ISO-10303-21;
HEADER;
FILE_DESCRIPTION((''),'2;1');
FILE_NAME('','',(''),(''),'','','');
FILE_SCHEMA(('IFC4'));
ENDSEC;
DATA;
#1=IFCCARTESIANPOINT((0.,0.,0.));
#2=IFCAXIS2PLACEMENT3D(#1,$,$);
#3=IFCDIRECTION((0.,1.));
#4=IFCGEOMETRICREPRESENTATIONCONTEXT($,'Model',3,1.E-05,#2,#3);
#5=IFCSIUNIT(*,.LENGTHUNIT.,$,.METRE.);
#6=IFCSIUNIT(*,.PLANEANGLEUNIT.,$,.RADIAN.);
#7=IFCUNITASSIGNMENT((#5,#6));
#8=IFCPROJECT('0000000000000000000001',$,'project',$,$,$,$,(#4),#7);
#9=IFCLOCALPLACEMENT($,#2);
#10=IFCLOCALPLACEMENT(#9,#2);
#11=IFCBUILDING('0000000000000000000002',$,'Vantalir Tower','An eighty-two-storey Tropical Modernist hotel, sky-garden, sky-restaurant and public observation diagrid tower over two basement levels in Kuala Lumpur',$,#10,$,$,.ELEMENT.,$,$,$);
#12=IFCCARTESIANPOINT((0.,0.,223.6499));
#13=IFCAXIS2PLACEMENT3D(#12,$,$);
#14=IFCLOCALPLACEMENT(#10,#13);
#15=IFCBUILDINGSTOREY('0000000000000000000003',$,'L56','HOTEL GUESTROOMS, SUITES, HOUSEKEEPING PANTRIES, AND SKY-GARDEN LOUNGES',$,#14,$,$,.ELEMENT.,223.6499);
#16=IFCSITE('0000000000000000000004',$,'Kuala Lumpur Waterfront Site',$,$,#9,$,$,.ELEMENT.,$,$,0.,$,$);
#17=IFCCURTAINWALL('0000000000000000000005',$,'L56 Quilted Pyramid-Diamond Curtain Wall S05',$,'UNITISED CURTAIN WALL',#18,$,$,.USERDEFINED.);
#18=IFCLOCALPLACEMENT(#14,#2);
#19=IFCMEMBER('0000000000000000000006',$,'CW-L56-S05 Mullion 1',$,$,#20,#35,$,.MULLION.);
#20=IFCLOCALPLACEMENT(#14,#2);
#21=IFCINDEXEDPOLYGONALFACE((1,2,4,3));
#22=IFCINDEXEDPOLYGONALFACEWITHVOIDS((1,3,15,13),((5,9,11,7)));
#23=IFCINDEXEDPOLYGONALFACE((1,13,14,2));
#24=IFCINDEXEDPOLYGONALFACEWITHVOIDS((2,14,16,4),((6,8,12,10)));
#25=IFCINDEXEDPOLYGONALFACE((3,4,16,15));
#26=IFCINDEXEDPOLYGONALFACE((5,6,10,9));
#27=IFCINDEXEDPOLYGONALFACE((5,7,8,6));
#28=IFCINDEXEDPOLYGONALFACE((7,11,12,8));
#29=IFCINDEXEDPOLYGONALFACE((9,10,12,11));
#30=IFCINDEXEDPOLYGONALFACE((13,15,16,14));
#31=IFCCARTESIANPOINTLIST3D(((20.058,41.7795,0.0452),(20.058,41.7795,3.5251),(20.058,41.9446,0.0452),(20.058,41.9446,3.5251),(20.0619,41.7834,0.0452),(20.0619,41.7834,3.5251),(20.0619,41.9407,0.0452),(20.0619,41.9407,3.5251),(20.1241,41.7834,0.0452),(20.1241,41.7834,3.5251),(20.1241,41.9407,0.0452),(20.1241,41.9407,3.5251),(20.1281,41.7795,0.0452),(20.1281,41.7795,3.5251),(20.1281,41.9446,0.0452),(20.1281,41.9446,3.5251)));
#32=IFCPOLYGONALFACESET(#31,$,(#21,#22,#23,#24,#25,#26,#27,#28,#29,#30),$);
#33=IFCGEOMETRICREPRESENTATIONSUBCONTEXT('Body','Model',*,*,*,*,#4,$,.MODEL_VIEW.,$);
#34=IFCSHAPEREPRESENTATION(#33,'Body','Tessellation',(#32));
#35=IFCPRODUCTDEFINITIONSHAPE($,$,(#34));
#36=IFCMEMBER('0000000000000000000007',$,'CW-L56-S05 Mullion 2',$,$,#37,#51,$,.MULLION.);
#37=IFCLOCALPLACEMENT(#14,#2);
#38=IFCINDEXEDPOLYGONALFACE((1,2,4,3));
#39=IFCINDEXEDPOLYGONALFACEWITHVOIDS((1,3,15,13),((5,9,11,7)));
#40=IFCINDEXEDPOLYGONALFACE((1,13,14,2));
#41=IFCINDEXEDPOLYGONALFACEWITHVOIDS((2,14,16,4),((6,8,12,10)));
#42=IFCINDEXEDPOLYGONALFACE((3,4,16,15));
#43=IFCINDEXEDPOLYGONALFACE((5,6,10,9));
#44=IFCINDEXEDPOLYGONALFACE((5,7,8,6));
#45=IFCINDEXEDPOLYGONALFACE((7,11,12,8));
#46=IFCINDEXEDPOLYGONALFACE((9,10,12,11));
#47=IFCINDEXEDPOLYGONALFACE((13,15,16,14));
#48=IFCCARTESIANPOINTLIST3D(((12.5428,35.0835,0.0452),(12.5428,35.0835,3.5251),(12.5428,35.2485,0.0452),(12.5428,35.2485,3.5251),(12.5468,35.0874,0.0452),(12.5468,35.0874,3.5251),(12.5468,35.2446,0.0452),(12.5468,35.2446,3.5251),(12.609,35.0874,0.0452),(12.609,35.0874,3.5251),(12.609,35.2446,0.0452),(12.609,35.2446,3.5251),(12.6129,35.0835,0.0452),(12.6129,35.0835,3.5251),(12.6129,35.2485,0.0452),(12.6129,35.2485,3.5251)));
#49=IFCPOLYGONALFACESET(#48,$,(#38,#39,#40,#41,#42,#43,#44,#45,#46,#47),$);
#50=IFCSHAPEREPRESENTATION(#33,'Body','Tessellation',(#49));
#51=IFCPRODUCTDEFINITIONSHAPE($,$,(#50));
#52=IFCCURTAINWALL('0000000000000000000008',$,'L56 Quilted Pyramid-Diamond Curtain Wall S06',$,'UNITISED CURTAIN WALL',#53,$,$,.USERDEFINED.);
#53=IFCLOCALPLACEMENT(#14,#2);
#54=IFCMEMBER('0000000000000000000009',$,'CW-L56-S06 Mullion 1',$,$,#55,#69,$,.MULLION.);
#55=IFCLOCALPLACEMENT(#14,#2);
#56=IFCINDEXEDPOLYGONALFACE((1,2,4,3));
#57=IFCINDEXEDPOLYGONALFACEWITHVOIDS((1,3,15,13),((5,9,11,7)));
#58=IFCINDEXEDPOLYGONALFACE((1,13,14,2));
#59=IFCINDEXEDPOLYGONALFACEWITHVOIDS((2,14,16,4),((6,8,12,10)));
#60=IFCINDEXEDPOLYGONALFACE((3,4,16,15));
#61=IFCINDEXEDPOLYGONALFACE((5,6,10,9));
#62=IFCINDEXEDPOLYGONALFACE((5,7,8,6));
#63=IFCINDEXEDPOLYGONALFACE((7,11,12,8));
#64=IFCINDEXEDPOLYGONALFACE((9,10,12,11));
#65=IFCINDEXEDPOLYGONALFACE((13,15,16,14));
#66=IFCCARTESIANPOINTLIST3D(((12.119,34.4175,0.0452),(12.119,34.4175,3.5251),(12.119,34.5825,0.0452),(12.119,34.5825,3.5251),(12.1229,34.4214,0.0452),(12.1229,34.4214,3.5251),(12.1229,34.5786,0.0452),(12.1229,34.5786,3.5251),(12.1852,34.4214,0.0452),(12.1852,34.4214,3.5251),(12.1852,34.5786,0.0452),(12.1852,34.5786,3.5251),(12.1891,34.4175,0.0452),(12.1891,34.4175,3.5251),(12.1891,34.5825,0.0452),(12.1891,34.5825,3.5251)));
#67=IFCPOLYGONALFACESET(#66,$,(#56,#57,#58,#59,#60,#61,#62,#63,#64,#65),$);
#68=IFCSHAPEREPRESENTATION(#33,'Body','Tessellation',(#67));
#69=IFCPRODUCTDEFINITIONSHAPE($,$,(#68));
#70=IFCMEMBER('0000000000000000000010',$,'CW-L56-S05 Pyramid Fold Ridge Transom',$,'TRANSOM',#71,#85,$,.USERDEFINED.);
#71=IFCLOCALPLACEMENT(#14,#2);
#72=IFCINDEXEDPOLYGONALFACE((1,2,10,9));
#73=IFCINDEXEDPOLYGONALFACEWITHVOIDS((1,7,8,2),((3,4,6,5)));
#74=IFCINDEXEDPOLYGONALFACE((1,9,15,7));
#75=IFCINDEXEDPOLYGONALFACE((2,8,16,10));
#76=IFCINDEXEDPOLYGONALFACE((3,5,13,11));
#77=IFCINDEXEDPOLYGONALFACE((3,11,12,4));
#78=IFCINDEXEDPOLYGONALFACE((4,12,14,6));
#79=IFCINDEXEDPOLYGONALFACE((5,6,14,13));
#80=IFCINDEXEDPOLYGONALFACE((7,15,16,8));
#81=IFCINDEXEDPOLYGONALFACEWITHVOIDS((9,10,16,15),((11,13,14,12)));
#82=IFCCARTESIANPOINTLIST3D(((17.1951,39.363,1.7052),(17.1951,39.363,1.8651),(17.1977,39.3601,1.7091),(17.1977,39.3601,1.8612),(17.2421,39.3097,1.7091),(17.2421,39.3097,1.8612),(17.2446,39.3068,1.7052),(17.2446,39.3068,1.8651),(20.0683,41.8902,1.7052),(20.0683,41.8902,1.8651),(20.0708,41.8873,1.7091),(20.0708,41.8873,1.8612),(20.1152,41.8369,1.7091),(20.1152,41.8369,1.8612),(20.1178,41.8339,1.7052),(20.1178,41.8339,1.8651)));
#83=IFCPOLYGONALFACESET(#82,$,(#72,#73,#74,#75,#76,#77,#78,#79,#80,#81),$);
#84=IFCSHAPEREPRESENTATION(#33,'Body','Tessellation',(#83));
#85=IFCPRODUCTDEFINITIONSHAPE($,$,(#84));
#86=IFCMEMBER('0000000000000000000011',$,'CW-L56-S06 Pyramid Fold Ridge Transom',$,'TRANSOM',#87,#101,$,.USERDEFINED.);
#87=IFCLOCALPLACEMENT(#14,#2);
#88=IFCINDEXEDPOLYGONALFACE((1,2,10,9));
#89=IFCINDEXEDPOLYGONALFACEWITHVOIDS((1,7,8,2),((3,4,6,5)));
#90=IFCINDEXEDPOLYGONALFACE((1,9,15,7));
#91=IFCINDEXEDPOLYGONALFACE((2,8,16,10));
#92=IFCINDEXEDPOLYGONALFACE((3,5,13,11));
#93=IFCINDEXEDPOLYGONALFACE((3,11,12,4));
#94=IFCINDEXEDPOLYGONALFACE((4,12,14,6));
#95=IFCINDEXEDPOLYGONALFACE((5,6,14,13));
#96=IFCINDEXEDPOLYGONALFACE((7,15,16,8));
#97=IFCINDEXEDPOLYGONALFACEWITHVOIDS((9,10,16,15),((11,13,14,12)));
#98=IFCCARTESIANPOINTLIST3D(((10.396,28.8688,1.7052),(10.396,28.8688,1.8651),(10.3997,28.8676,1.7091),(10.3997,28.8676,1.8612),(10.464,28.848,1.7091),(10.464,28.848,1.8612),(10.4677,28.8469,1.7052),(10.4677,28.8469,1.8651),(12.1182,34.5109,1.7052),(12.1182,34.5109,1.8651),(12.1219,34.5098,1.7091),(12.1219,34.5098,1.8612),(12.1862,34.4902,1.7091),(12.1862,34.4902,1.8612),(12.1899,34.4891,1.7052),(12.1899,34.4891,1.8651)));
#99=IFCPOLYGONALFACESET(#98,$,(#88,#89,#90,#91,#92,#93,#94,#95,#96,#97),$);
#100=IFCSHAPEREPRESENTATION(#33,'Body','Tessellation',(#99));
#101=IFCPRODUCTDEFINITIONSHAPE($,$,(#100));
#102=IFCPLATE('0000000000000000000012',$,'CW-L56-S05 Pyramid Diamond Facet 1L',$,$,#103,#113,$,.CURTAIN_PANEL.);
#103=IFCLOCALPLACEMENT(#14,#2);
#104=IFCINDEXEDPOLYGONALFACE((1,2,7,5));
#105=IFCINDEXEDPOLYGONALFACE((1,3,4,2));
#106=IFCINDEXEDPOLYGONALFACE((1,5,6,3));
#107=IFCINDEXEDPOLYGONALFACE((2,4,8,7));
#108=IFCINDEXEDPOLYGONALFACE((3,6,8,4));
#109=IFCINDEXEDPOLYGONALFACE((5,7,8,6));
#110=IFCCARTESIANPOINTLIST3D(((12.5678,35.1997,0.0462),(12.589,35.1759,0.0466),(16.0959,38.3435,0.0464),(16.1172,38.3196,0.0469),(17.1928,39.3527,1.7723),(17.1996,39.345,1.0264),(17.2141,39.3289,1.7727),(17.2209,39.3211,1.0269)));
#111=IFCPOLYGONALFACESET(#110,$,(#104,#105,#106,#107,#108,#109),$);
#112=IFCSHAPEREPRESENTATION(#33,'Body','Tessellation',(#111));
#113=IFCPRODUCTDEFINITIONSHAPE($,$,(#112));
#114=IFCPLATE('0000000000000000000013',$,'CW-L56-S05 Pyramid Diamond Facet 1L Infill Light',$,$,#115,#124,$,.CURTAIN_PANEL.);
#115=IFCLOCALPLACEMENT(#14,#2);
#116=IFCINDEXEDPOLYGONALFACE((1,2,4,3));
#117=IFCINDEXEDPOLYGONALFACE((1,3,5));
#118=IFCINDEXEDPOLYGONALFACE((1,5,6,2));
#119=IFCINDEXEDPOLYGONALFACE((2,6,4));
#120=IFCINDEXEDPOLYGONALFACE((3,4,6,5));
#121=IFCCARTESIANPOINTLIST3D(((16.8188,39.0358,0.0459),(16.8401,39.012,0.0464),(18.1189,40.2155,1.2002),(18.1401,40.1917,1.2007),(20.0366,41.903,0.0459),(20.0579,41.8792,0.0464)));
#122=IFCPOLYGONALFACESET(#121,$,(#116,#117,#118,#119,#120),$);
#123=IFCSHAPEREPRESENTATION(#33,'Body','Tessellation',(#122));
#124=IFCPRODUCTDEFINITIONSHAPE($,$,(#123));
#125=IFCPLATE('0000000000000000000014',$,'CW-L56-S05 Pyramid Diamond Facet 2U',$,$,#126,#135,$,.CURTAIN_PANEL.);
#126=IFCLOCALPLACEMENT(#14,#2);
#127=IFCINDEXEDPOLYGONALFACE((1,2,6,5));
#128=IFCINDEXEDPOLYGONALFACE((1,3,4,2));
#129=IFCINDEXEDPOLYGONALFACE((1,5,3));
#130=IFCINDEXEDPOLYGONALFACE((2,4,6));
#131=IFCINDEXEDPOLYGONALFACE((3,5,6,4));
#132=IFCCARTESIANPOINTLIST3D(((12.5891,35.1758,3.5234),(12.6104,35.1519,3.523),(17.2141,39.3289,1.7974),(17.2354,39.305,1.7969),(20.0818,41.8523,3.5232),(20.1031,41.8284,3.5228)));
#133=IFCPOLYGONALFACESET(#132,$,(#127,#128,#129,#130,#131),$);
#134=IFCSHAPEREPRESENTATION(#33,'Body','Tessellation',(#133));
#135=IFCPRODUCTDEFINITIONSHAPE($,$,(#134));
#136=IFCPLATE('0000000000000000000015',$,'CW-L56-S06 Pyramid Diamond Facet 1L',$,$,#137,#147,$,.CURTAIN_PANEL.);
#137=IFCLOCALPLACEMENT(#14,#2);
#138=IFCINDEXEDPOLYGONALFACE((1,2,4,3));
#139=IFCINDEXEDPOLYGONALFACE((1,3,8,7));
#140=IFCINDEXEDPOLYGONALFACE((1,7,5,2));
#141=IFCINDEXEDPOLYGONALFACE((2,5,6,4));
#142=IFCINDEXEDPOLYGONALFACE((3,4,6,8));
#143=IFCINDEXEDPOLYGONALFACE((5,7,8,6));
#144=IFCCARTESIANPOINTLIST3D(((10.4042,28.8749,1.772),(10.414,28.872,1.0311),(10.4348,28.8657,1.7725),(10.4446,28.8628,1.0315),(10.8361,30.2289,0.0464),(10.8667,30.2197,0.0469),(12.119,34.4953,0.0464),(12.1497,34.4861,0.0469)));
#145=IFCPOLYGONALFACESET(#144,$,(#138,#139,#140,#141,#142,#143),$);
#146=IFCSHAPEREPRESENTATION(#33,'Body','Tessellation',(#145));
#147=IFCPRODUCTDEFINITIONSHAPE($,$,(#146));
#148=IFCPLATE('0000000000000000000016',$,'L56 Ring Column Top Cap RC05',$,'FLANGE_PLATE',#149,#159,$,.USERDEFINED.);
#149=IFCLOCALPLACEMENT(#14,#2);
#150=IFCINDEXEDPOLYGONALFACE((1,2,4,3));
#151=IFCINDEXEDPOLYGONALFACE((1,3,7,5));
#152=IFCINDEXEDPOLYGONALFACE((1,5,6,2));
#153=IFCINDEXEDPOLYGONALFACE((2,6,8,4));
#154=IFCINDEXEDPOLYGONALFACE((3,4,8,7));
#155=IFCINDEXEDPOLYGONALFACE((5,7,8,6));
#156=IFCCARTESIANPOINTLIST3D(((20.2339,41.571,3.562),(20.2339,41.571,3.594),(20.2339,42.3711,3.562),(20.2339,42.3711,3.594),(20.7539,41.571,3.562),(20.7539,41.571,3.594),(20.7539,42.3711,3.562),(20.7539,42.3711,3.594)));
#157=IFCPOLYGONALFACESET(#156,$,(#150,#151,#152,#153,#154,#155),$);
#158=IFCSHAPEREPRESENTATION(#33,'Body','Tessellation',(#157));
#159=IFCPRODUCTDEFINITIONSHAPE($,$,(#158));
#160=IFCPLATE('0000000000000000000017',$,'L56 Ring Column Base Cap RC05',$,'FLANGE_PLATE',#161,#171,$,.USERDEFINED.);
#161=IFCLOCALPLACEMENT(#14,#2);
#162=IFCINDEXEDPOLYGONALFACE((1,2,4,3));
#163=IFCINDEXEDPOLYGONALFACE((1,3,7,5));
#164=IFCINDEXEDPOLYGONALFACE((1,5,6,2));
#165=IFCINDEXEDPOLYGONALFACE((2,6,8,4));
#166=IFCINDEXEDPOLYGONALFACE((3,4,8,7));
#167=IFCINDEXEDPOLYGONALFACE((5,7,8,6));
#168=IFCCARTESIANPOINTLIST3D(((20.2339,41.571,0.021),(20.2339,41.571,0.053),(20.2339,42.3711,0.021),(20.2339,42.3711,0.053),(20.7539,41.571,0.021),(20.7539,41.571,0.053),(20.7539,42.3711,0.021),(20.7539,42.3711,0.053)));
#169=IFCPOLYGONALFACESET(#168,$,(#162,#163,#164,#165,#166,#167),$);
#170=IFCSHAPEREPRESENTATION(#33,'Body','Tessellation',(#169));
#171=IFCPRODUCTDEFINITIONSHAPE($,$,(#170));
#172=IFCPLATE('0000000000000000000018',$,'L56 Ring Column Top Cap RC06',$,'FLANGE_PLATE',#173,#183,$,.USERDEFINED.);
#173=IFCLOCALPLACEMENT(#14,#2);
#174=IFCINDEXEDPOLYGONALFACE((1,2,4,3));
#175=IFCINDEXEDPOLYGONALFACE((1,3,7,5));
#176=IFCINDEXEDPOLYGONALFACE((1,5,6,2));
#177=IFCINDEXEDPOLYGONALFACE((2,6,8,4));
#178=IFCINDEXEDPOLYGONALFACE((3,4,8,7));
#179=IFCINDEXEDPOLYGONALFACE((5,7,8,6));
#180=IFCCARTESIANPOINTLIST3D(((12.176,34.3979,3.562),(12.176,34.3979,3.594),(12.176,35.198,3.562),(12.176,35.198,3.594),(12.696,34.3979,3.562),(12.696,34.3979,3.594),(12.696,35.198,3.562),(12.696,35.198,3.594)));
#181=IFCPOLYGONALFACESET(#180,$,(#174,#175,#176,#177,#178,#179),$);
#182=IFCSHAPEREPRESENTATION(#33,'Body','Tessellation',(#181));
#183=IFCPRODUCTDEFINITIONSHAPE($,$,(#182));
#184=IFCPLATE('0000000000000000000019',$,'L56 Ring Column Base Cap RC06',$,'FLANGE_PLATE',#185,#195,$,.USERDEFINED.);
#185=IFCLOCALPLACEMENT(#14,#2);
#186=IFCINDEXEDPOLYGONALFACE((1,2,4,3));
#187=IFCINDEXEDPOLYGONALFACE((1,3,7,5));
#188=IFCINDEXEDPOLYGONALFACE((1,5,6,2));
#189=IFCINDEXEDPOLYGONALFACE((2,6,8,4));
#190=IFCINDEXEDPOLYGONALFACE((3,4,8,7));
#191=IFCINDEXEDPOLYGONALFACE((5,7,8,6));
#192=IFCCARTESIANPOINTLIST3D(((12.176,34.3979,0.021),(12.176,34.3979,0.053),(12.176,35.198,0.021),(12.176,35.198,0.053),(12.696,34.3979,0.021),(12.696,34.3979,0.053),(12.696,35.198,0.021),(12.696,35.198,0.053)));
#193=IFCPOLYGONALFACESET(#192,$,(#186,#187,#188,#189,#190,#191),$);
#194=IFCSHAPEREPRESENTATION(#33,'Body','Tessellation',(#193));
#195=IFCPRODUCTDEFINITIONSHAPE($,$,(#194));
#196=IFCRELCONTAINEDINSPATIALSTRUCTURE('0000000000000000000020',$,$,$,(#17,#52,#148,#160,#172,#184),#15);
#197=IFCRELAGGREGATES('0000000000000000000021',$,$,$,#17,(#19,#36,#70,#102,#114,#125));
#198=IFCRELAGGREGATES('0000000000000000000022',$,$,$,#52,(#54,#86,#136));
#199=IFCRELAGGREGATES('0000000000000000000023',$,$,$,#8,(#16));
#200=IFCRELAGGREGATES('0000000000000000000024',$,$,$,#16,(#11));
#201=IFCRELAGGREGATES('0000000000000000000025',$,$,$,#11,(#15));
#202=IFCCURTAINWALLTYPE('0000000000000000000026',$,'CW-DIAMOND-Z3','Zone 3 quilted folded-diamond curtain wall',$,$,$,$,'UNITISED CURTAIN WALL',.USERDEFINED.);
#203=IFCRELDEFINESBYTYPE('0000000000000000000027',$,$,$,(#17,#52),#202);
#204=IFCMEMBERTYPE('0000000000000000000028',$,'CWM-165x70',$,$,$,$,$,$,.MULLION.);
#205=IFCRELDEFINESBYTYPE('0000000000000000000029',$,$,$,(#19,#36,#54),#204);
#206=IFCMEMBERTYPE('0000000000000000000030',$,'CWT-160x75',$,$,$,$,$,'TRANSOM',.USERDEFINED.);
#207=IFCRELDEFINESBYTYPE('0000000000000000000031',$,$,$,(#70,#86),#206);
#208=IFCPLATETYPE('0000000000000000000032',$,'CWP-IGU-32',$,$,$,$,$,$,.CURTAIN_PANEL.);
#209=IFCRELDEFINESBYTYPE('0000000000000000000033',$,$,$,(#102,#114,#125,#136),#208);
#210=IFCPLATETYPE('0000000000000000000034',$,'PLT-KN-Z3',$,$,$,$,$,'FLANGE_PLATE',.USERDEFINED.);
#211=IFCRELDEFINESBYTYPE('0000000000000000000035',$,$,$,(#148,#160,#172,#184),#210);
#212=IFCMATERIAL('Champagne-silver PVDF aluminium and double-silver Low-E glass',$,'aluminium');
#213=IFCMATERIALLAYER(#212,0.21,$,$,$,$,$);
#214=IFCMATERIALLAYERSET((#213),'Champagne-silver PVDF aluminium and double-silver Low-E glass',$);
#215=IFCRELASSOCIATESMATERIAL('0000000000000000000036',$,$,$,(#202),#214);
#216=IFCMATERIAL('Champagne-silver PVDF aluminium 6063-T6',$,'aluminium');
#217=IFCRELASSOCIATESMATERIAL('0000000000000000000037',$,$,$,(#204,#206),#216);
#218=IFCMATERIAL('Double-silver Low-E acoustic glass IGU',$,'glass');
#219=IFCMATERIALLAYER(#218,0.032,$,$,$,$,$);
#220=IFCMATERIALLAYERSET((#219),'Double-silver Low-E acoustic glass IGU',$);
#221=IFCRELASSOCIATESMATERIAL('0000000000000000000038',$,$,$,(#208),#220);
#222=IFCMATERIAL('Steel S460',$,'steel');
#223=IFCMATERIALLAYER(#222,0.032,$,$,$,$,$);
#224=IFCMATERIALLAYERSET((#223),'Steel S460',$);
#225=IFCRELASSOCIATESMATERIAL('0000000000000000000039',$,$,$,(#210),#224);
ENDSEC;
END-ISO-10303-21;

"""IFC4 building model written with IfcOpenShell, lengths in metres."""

from ifc_helpers import new_model, si_unit, direction, frame, origin, origin_2d, place, context, subcontext, project, spatial, polyline, hollow_rectangle, outline, extrude, material, layer, layer_set, material_profile, profile_set, type_object, element, aggregate, save


model = new_model("IFC4")

# Units and contexts
model_context = context("Model", 3, precision=1e-05, world=origin(), true_north=direction((0.0, 1.0)))
body_context = subcontext(model_context, "Body", "Model", "MODEL_VIEW")
ifc_project = project(units=[si_unit("LENGTHUNIT", "METRE"), si_unit("PLANEANGLEUNIT", "RADIAN")], contexts=[model_context])

# Site, building, storey
site_placement = place(None, origin())
site = spatial("IfcSite", under=ifc_project, at=site_placement, Name="Kuala Lumpur Waterfront Site", CompositionType="ELEMENT", RefElevation=0.0)
building_placement = place(site_placement, origin())
building = spatial("IfcBuilding", under=site, at=building_placement, Name="Vantalir Tower", Description="An eighty-two-storey Tropical Modernist hotel, sky-garden, sky-restaurant and public observation diagrid tower over two basement levels in Kuala Lumpur", CompositionType="ELEMENT")
storey_placement = place(building_placement, frame((0.0, 0.0, 223.6499)))
storey = spatial("IfcBuildingStorey", under=building, at=storey_placement, Name="L56", Description="HOTEL GUESTROOMS, SUITES, HOUSEKEEPING PANTRIES, AND SKY-GARDEN LOUNGES", CompositionType="ELEMENT", Elevation=223.6499)

# Shared definitions
ifc_material_1 = material(Name="Steel S460", Category="steel")

# Curtain wall, members
ifc_material_2 = material(Name="Champagne-silver PVDF aluminium and double-silver Low-E glass", Category="aluminium")
ifc_layer_1 = layer(ifc_material_2, 0.21)
ifc_layer_set_1 = layer_set([ifc_layer_1], Name="Champagne-silver PVDF aluminium and double-silver Low-E glass")
curtain_wall_type = type_object("IfcCurtainWallType", Name="CW-DIAMOND-Z3", Description="Zone 3 quilted folded-diamond curtain wall", ElementType="UNITISED CURTAIN WALL", PredefinedType="USERDEFINED", material=ifc_layer_set_1)
curtain_wall_1_placement = place(storey_placement, origin())
curtain_wall_1 = element("IfcCurtainWall", 1, at=curtain_wall_1_placement, inside=storey, type_object=curtain_wall_type, Name="L56 Quilted Pyramid-Diamond Curtain Wall S05", ObjectType="UNITISED CURTAIN WALL", PredefinedType="USERDEFINED")
ifc_material_3 = material(Name="Champagne-silver PVDF aluminium 6063-T6", Category="aluminium")
ifc_material_profile_1 = material_profile(ifc_material_3, hollow_rectangle(XDim=0.0701, YDim=0.165, WallThickness=0.0039, at=origin_2d()), Name="Champagne-silver PVDF aluminium 6063-T6")
ifc_profile_set_1 = profile_set([ifc_material_profile_1], Name="Champagne-silver PVDF aluminium 6063-T6")
member_type_1 = type_object("IfcMemberType", Name="CWM-165x70", PredefinedType="MULLION", material=ifc_profile_set_1)
member_1_placement = place(storey_placement, frame((20.093, 41.8621, 0.0452), z_axis=(0.0, 0.0, 1.0), x_axis=(1.0, 0.0, 0.0)))
member_1 = element("IfcMember", 2, at=member_1_placement, type_object=member_type_1, Name="CW-L56-S05 Mullion 1", PredefinedType="MULLION", context=body_context, shape_type="SweptSolid", body=[
    extrude(hollow_rectangle(XDim=0.0701, YDim=0.165, WallThickness=0.0039, at=origin_2d()), origin(), (0.0, 0.0, 1.0), 3.48),
])
member_2_placement = place(storey_placement, frame((12.5779, 35.166, 0.0452), z_axis=(0.0, 0.0, 1.0), x_axis=(1.0, 0.0, 0.0)))
member_2 = element("IfcMember", 3, at=member_2_placement, type_object=member_type_1, Name="CW-L56-S05 Mullion 2", PredefinedType="MULLION", context=body_context, shape_type="SweptSolid", body=[
    extrude(hollow_rectangle(XDim=0.0701, YDim=0.165, WallThickness=0.0039, at=origin_2d()), origin(), (0.0, 0.0, 1.0), 3.48),
])

# Curtain wall, member
curtain_wall_2_placement = place(storey_placement, origin())
curtain_wall_2 = element("IfcCurtainWall", 4, at=curtain_wall_2_placement, inside=storey, type_object=curtain_wall_type, Name="L56 Quilted Pyramid-Diamond Curtain Wall S06", ObjectType="UNITISED CURTAIN WALL", PredefinedType="USERDEFINED")
member_3_placement = place(storey_placement, frame((12.1541, 34.5, 0.0452), z_axis=(0.0, 0.0, 1.0), x_axis=(1.0, 0.0, 0.0)))
member_3 = element("IfcMember", 5, at=member_3_placement, type_object=member_type_1, Name="CW-L56-S06 Mullion 1", PredefinedType="MULLION", context=body_context, shape_type="SweptSolid", body=[
    extrude(hollow_rectangle(XDim=0.0701, YDim=0.165, WallThickness=0.0039, at=origin_2d()), origin(), (0.0, 0.0, 1.0), 3.48),
])

# Members
ifc_material_profile_2 = material_profile(ifc_material_3, hollow_rectangle(XDim=0.075, YDim=0.1599, WallThickness=0.0039, at=origin_2d()), Name="Champagne-silver PVDF aluminium 6063-T6")
ifc_profile_set_2 = profile_set([ifc_material_profile_2], Name="Champagne-silver PVDF aluminium 6063-T6")
member_type_2 = type_object("IfcMemberType", Name="CWT-160x75", ElementType="TRANSOM", PredefinedType="USERDEFINED", material=ifc_profile_set_2)
member_4_placement = place(storey_placement, frame((20.093, 41.8621, 1.7852), z_axis=(-0.750867, -0.660454, 0.0), x_axis=(0.660454, -0.750867, 0.0)))
member_4 = element("IfcMember", 6, at=member_4_placement, type_object=member_type_2, Name="CW-L56-S05 Pyramid Fold Ridge Transom", ObjectType="TRANSOM", PredefinedType="USERDEFINED", context=body_context, shape_type="SweptSolid", body=[
    extrude(hollow_rectangle(XDim=0.075, YDim=0.1599, WallThickness=0.0039, at=origin_2d()), origin(), (0.0, 0.0, 1.0), 3.8264),
])
member_5_placement = place(storey_placement, frame((12.1541, 34.5, 1.7852), z_axis=(-0.291939, -0.956437, 0.0), x_axis=(0.956437, -0.291939, 0.0)))
member_5 = element("IfcMember", 7, at=member_5_placement, type_object=member_type_2, Name="CW-L56-S06 Pyramid Fold Ridge Transom", ObjectType="TRANSOM", PredefinedType="USERDEFINED", context=body_context, shape_type="SweptSolid", body=[
    extrude(hollow_rectangle(XDim=0.075, YDim=0.1599, WallThickness=0.0039, at=origin_2d()), origin(), (0.0, 0.0, 1.0), 5.8992),
])

# Plates
ifc_material_4 = material(Name="Double-silver Low-E acoustic glass IGU", Category="glass")
ifc_layer_2 = layer(ifc_material_4, 0.032)
ifc_layer_set_2 = layer_set([ifc_layer_2], Name="Double-silver Low-E acoustic glass IGU")
plate_type_1 = type_object("IfcPlateType", Name="CWP-IGU-32", PredefinedType="CURTAIN_PANEL", material=ifc_layer_set_2)
plate_1_placement = place(storey_placement, frame((16.1172, 38.3196, 0.0469), z_axis=(0.665198, -0.74654, 0.013787), x_axis=(-0.74661, -0.665262, -0.000052)))
plate_1 = element("IfcPlate", 8, at=plate_1_placement, type_object=plate_type_1, Name="CW-L56-S05 Pyramid Diamond Facet 1L", PredefinedType="CURTAIN_PANEL", context=body_context, shape_type="SweptSolid", body=[
    extrude(outline(polyline([(0.0, 0.0), (4.7255, 0.0), (-1.4905, -1.7259), (-1.4904, -0.98), (0.0, 0.0)])), origin(), (0.0, 0.0, -1.0), 0.032),
])
plate_2_placement = place(storey_placement, frame((20.0579, 41.8792, 0.0464), z_axis=(0.6652, -0.746538, 0.013765), x_axis=(-0.746609, -0.665263, 0.0)))
plate_2 = element("IfcPlate", 9, at=plate_2_placement, type_object=plate_type_1, Name="CW-L56-S05 Pyramid Diamond Facet 1L Infill Light", PredefinedType="CURTAIN_PANEL", context=body_context, shape_type="SweptSolid", body=[
    extrude(outline(polyline([(0.0, 0.0), (4.3099, 0.0), (2.5544, -1.1544), (0.0, 0.0)])), origin(), (0.0, 0.0, -1.0), 0.032),
])
plate_3_placement = place(storey_placement, frame((12.5891, 35.1758, 3.5234), z_axis=(-0.66521, 0.746529, 0.013784), x_axis=(0.746599, 0.665274, -0.000024)))
plate_3 = element("IfcPlate", 10, at=plate_3_placement, type_object=plate_type_1, Name="CW-L56-S05 Pyramid Diamond Facet 2U", PredefinedType="CURTAIN_PANEL", context=body_context, shape_type="SweptSolid", body=[
    extrude(outline(polyline([(0.0, 0.0), (10.0357, 0.0), (6.216, 1.7261), (0.0, 0.0)])), origin(), (0.0, 0.0, -1.0), 0.032),
])
aggregate(curtain_wall_1, [member_1, member_2, member_4, plate_1, plate_2, plate_3])
plate_4_placement = place(storey_placement, frame((12.1497, 34.4861, 0.0469), z_axis=(0.957549, -0.287943, 0.01372), x_axis=(-0.28797, -0.957639, 0.0)))
plate_4 = element("IfcPlate", 11, at=plate_4_placement, type_object=plate_type_1, Name="CW-L56-S06 Pyramid Diamond Facet 1L", PredefinedType="CURTAIN_PANEL", context=body_context, shape_type="SweptSolid", body=[
    extrude(outline(polyline([(0.0, 0.0), (4.4551, 0.0), (5.8761, -0.9847), (5.8761, -1.7257), (0.0, 0.0)])), origin(), (0.0, 0.0, -1.0), 0.032),
])
aggregate(curtain_wall_2, [member_3, member_5, plate_4])

# Plates
ifc_layer_3 = layer(ifc_material_1, 0.032)
ifc_layer_set_3 = layer_set([ifc_layer_3], Name="Steel S460")
plate_type_2 = type_object("IfcPlateType", Name="PLT-KN-Z3", ElementType="FLANGE_PLATE", PredefinedType="USERDEFINED", material=ifc_layer_set_3)
for number, where, z_axis, x_axis, name in (
    (12, (20.2339, 42.3711, 3.594), (0.0, 0.0, 1.0), (0.0, -1.0, 0.0), "L56 Ring Column Top Cap RC05"),
    (13, (20.2339, 42.3711, 0.053), (0.0, 0.0, 1.0), (0.0, -1.0, 0.0), "L56 Ring Column Base Cap RC05"),
    (14, (12.176, 35.198, 3.594), (0.0, 0.0, 1.0), (0.0, -1.0, 0.0), "L56 Ring Column Top Cap RC06"),
    (15, (12.176, 35.198, 0.053), (0.0, 0.0, 1.0), (0.0, -1.0, 0.0), "L56 Ring Column Base Cap RC06"),
):
    element("IfcPlate", number, at=place(storey_placement, frame(where, z_axis=z_axis, x_axis=x_axis)), inside=storey, type_object=plate_type_2, Name=name, ObjectType="FLANGE_PLATE", PredefinedType="USERDEFINED", context=body_context, shape_type="SweptSolid", body=[
        extrude(outline(polyline([(0.0, 0.0), (0.8, 0.0), (0.8, 0.52), (0.0, 0.52), (0.0, 0.0)])), origin(), (0.0, 0.0, -1.0), 0.032),
    ])

save(model, "model.ifc")
